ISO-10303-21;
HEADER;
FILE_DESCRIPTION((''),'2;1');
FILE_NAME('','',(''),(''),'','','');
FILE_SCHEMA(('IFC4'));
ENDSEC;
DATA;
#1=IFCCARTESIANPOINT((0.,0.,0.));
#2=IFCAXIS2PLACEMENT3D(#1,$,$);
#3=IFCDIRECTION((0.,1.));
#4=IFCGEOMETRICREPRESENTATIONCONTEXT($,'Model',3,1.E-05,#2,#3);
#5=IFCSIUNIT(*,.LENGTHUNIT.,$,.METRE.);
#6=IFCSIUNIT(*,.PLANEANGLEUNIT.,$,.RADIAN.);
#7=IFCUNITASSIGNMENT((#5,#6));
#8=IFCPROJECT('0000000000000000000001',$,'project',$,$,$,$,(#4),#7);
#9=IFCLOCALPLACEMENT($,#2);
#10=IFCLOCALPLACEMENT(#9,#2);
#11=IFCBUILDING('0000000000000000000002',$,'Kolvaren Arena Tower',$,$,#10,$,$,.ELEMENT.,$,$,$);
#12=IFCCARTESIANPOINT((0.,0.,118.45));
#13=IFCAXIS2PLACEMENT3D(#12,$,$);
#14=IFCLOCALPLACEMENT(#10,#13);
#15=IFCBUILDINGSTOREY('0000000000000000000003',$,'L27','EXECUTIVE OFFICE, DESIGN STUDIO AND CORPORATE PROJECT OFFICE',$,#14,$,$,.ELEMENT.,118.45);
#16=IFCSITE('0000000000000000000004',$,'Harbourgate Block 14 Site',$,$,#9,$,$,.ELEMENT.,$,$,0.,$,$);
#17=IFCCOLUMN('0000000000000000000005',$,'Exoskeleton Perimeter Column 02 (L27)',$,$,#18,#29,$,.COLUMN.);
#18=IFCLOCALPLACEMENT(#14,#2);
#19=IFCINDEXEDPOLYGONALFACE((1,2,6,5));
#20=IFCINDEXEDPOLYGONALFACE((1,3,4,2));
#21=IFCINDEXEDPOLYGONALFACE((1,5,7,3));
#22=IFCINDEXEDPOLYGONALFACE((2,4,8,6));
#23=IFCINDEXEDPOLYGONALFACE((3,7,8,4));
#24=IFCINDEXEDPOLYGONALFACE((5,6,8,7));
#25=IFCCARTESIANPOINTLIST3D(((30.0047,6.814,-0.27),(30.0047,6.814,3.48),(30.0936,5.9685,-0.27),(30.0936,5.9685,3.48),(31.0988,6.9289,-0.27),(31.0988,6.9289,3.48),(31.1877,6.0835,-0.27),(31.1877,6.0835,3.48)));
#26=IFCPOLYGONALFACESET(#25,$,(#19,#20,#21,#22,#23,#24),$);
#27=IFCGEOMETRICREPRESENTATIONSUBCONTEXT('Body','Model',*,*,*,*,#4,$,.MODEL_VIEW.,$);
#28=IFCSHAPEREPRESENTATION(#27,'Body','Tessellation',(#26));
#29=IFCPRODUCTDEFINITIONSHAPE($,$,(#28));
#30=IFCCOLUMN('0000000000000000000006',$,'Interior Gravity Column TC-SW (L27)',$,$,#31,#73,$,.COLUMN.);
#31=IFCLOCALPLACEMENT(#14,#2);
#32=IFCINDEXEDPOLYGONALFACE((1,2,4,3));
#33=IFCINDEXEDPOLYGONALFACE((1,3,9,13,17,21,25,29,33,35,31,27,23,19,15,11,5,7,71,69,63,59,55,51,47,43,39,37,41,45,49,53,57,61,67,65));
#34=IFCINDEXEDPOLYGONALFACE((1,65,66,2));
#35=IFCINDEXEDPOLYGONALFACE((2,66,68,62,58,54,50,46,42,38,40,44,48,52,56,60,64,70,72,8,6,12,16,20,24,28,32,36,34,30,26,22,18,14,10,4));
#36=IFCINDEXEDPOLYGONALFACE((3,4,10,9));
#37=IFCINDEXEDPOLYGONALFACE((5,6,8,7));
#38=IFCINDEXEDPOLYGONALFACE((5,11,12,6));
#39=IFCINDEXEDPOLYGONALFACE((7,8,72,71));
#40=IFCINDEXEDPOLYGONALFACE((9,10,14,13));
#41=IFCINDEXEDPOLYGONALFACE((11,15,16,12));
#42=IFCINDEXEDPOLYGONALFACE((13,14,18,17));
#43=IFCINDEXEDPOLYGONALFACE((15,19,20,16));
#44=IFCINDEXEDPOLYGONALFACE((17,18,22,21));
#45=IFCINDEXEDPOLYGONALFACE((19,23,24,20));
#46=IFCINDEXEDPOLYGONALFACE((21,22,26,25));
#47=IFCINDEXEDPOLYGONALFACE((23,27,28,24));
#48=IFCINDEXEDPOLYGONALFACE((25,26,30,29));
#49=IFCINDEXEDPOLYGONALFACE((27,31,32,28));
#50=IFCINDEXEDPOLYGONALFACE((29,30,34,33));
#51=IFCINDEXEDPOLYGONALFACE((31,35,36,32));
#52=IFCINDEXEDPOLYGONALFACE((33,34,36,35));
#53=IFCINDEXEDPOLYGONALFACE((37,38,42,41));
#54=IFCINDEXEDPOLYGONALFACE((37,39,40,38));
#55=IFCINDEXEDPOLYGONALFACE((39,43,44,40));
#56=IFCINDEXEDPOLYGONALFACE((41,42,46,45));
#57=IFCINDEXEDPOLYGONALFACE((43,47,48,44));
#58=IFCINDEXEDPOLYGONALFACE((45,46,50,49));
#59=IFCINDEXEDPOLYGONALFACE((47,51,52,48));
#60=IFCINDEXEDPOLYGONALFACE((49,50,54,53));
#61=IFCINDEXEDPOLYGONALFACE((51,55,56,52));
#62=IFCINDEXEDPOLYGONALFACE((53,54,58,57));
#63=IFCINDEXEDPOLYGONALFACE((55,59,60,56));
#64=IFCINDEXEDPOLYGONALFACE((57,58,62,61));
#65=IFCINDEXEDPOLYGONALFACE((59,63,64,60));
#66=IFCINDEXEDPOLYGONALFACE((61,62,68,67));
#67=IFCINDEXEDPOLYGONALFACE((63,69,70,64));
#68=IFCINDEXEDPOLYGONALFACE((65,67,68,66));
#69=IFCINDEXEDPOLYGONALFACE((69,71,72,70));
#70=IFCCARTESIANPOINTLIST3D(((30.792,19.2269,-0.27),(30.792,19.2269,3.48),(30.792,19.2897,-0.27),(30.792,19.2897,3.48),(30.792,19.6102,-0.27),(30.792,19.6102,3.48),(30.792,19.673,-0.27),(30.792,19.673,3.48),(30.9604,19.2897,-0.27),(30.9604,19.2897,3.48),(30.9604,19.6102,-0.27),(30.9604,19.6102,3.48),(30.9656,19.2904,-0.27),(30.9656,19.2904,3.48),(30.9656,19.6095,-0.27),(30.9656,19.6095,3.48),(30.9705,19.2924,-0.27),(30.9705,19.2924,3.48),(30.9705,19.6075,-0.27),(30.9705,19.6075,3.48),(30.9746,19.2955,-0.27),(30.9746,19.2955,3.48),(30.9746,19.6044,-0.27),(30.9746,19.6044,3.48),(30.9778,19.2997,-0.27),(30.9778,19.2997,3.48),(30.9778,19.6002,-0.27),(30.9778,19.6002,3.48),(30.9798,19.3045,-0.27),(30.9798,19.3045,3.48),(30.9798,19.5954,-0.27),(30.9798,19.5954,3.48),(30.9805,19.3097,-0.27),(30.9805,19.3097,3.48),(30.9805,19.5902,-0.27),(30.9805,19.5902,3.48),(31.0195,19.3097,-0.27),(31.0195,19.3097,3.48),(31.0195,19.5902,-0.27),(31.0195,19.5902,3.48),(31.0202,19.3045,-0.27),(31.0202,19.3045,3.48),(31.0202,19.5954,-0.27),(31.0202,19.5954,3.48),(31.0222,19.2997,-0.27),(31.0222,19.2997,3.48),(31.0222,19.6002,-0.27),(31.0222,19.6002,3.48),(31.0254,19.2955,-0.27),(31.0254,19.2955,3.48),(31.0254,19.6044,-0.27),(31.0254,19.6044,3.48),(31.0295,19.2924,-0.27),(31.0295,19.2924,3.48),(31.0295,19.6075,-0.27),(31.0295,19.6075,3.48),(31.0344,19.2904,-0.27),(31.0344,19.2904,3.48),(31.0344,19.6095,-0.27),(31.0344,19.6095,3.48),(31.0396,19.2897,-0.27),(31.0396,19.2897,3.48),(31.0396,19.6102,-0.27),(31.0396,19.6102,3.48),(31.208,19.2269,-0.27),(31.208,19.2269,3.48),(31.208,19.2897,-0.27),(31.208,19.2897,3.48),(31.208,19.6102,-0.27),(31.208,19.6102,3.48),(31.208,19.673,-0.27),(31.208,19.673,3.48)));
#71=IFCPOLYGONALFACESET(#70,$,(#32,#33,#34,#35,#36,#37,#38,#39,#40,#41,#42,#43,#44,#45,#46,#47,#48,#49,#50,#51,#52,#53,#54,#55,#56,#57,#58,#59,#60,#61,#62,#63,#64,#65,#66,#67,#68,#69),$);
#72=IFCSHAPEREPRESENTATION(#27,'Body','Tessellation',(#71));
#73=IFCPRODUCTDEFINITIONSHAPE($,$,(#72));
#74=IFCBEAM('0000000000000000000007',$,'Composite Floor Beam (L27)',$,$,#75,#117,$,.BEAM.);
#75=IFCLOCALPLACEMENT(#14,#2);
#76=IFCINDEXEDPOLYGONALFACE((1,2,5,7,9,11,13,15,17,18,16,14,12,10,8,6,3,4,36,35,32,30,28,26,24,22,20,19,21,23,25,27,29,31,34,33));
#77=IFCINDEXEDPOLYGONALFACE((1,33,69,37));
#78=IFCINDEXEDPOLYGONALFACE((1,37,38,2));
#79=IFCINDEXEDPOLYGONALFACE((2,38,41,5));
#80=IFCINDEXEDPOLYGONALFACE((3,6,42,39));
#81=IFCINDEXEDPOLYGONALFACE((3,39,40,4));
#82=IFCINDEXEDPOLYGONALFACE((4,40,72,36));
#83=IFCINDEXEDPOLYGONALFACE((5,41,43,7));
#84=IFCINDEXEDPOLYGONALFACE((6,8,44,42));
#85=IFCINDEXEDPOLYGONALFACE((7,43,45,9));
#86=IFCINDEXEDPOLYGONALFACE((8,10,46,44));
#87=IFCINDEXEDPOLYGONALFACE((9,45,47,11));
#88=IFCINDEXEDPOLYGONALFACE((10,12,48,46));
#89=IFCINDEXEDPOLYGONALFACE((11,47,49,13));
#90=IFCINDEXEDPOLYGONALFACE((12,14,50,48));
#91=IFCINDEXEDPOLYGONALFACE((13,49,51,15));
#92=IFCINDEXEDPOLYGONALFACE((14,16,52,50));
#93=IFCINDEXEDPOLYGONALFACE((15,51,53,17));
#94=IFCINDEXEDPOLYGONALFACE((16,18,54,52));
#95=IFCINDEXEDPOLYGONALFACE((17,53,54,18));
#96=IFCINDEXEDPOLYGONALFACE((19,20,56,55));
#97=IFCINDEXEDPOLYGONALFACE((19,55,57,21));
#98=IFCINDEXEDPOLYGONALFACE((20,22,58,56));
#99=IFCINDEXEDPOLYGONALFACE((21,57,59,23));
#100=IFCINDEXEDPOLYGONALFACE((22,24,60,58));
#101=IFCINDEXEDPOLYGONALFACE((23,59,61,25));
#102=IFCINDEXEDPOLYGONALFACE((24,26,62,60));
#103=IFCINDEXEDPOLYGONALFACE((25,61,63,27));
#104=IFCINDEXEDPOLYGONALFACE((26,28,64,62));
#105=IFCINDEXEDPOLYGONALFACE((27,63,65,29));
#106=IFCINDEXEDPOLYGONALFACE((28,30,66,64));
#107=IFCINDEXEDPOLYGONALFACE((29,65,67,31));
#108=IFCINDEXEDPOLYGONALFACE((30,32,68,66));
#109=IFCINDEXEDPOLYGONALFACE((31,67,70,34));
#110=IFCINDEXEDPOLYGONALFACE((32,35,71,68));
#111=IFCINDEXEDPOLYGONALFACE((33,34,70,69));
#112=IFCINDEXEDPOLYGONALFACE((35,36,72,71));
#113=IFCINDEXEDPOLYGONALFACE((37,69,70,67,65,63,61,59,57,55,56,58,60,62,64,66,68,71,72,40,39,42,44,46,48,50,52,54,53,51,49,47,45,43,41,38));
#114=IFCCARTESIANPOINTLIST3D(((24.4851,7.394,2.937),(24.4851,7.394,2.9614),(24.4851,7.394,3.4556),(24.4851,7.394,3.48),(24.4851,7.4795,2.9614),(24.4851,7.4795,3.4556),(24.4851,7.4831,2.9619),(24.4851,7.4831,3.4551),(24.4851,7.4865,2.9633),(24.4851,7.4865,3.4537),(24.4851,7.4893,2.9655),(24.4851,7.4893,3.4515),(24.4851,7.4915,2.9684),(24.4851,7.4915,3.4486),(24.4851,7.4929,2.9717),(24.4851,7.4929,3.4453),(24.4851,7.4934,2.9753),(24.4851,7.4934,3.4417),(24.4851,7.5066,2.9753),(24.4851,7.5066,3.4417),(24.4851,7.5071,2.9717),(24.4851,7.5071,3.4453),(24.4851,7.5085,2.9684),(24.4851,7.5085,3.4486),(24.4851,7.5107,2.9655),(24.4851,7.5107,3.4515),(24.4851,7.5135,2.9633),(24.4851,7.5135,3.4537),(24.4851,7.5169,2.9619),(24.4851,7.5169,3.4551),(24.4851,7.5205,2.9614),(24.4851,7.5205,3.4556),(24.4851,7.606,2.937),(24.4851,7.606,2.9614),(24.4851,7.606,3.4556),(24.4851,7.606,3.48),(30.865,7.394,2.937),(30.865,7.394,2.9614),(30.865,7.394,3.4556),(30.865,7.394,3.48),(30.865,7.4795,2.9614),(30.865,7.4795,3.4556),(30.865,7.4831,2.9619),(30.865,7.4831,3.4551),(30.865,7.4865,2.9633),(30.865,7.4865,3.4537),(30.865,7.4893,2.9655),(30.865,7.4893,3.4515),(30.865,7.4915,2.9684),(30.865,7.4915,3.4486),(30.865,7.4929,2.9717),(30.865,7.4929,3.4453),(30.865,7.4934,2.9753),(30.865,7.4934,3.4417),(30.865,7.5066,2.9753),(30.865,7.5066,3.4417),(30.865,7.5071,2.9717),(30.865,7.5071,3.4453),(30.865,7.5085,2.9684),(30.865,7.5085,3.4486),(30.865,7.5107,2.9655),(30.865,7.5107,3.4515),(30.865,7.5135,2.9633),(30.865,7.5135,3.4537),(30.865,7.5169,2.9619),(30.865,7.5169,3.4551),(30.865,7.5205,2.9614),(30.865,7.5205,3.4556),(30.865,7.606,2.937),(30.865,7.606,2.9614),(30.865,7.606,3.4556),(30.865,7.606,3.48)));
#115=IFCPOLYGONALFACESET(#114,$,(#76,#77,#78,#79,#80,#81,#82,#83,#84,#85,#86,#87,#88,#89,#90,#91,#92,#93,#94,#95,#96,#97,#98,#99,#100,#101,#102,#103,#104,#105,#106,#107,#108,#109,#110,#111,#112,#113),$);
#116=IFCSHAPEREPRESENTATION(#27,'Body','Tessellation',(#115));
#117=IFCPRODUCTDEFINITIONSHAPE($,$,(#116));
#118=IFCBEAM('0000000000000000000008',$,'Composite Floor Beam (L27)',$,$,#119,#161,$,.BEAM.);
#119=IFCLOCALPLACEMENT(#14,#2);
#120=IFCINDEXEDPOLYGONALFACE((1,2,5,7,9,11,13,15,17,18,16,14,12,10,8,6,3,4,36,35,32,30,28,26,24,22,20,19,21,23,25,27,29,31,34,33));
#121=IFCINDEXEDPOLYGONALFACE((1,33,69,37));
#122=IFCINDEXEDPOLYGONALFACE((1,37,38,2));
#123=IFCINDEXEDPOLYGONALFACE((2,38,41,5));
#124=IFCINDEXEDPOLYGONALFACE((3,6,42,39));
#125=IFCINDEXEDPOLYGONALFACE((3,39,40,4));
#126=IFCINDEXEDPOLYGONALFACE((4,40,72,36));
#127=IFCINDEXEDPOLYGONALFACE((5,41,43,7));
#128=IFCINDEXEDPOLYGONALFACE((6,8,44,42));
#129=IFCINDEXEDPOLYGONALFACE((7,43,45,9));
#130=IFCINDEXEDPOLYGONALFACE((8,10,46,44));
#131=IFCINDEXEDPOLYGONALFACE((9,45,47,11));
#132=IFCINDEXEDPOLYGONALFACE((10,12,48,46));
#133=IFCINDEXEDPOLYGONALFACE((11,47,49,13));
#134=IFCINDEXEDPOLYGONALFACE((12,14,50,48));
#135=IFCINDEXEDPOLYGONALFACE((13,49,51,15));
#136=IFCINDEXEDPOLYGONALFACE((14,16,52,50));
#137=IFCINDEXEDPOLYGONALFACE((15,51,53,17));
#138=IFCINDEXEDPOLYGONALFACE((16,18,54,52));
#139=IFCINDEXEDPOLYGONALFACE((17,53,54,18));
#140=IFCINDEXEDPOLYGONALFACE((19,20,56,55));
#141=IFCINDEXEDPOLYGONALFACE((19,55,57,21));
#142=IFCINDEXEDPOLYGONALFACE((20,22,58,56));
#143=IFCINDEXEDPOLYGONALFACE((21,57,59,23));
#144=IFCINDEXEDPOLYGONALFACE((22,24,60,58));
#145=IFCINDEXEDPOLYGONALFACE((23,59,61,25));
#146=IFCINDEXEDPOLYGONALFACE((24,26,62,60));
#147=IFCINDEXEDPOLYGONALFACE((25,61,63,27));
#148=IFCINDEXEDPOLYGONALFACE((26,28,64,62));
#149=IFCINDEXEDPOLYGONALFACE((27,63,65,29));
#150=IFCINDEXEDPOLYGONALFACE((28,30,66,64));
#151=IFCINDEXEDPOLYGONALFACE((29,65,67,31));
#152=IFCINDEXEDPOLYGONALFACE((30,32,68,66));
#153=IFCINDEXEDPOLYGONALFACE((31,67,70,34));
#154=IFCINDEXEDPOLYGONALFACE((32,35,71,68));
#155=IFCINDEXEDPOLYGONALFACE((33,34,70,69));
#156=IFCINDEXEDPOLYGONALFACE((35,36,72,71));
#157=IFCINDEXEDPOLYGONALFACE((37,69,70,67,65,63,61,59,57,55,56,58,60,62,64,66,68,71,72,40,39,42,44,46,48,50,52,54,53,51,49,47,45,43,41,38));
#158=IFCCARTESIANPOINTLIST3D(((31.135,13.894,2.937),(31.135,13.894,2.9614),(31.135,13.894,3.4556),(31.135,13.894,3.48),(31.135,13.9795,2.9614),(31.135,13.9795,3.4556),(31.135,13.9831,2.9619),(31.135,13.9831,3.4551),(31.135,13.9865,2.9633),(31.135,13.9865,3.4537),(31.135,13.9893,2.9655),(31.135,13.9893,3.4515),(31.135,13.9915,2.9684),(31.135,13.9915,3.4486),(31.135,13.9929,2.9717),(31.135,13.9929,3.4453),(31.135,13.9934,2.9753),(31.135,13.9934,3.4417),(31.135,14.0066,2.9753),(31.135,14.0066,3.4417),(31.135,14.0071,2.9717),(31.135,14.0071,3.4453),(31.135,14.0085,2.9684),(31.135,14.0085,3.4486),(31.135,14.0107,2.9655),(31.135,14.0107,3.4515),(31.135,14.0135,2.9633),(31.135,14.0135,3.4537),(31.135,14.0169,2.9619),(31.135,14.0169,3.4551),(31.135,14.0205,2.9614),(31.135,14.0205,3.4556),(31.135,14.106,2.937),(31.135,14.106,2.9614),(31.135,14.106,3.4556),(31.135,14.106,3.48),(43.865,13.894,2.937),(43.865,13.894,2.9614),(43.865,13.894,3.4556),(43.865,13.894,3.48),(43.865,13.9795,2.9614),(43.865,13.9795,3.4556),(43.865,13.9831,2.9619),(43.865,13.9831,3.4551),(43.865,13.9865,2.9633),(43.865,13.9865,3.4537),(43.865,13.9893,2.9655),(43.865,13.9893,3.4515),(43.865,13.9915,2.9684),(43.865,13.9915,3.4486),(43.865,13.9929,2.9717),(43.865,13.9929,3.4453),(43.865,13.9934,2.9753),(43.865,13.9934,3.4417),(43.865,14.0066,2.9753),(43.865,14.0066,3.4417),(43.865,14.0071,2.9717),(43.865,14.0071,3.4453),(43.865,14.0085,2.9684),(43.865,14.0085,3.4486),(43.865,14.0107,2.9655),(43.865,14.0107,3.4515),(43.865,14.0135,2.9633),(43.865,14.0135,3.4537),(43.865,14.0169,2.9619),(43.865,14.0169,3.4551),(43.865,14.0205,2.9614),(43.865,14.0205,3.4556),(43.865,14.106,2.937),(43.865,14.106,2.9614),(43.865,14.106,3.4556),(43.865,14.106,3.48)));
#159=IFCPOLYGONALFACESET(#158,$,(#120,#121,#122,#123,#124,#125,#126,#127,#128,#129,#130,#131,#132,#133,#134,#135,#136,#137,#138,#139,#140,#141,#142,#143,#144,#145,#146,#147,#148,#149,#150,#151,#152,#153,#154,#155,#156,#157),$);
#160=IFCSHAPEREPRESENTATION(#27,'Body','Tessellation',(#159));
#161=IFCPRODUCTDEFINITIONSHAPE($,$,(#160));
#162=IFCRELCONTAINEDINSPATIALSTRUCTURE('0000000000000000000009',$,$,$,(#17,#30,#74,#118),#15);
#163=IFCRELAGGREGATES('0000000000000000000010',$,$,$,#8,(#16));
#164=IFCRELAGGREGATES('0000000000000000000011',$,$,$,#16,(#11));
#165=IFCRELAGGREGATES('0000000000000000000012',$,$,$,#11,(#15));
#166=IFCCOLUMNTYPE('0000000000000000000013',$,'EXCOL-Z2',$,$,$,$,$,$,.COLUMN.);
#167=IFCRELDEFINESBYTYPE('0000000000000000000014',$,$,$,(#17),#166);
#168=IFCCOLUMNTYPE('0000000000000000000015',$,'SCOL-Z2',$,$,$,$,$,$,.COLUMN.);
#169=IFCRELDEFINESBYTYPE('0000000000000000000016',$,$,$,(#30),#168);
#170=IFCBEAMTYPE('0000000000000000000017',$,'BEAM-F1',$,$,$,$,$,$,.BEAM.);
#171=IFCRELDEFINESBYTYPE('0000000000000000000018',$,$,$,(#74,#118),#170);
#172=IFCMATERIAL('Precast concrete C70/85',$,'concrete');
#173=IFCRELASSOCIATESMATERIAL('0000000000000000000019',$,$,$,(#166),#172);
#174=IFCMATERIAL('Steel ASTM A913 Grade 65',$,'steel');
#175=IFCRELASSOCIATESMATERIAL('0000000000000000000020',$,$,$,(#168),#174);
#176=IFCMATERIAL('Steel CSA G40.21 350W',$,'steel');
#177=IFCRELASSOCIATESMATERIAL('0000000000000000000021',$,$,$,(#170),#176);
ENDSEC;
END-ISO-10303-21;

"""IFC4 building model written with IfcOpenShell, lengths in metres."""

from ifc_helpers import new_model, si_unit, direction, frame, origin, origin_2d, place, context, subcontext, project, spatial, rectangle, i_section, extrude, material, material_profile, profile_set, type_object, element, save


model = new_model("IFC4")

# Units and contexts
model_context = context("Model", 3, precision=1e-05, world=origin(), true_north=direction((0.0, 1.0)))
body_context = subcontext(model_context, "Body", "Model", "MODEL_VIEW")
ifc_project = project(units=[si_unit("LENGTHUNIT", "METRE"), si_unit("PLANEANGLEUNIT", "RADIAN")], contexts=[model_context])

# Site, building, storey
site_placement = place(None, origin())
site = spatial("IfcSite", under=ifc_project, at=site_placement, Name="Harbourgate Block 14 Site", CompositionType="ELEMENT", RefElevation=0.0)
building_placement = place(site_placement, origin())
building = spatial("IfcBuilding", under=site, at=building_placement, Name="Kolvaren Arena Tower", CompositionType="ELEMENT")
storey_placement = place(building_placement, frame((0.0, 0.0, 118.45)))
storey = spatial("IfcBuildingStorey", under=building, at=storey_placement, Name="L27", Description="EXECUTIVE OFFICE, DESIGN STUDIO AND CORPORATE PROJECT OFFICE", CompositionType="ELEMENT", Elevation=118.45)

# Columns
ifc_material_1 = material(Name="Precast concrete C70/85", Category="concrete")
ifc_material_profile_1 = material_profile(ifc_material_1, rectangle(XDim=1.1001, YDim=0.8501, at=origin_2d()), Name="RC-1100x850")
ifc_profile_set_1 = profile_set([ifc_material_profile_1], Name="Precast concrete C70/85")
column_type_1 = type_object("IfcColumnType", Name="EXCOL-Z2", PredefinedType="COLUMN", material=ifc_profile_set_1)
column_1_placement = place(storey_placement, frame((30.5962, 6.4487, -0.27), z_axis=(0.0, 0.0, 1.0), x_axis=(0.994522, 0.104528, 0.0)))
element("IfcColumn", 1, at=column_1_placement, inside=storey, type_object=column_type_1, Name="Exoskeleton Perimeter Column 02 (L27)", PredefinedType="COLUMN", context=body_context, shape_type="SweptSolid", body=[
    extrude(rectangle(XDim=1.1001, YDim=0.8501, at=origin_2d()), origin(), (0.0, 0.0, 1.0), 3.75),
])
ifc_material_2 = material(Name="Steel ASTM A913 Grade 65", Category="steel")
ifc_material_profile_2 = material_profile(ifc_material_2, i_section(OverallWidth=0.416, OverallDepth=0.446, WebThickness=0.0391, FlangeThickness=0.0627, FilletRadius=0.02, at=origin_2d()), Name="W360x509")
ifc_profile_set_2 = profile_set([ifc_material_profile_2], Name="Steel ASTM A913 Grade 65")
column_type_2 = type_object("IfcColumnType", Name="SCOL-Z2", PredefinedType="COLUMN", material=ifc_profile_set_2)
column_2_placement = place(storey_placement, frame((31.0, 19.45, -0.27), z_axis=(0.0, 0.0, 1.0), x_axis=(1.0, 0.0, 0.0)))
element("IfcColumn", 2, at=column_2_placement, inside=storey, type_object=column_type_2, Name="Interior Gravity Column TC-SW (L27)", PredefinedType="COLUMN", context=body_context, shape_type="SweptSolid", body=[
    extrude(i_section(OverallWidth=0.416, OverallDepth=0.446, WebThickness=0.0391, FlangeThickness=0.0627, FilletRadius=0.02, at=origin_2d()), origin(), (0.0, 0.0, 1.0), 3.75),
])

# Beams
ifc_material_3 = material(Name="Steel CSA G40.21 350W", Category="steel")
ifc_material_profile_3 = material_profile(ifc_material_3, i_section(OverallWidth=0.2119, OverallDepth=0.543, WebThickness=0.0132, FlangeThickness=0.0244, FilletRadius=0.0139, at=origin_2d()), Name="W530x150")
ifc_profile_set_3 = profile_set([ifc_material_profile_3], Name="Steel CSA G40.21 350W")
beam_type_1 = type_object("IfcBeamType", Name="BEAM-F1", PredefinedType="BEAM", material=ifc_profile_set_3)
beam_1_placement = place(storey_placement, frame((24.4851, 7.5, 3.2085), z_axis=(1.0, 0.0, 0.0), x_axis=(0.0, 1.0, 0.0)))
element("IfcBeam", 3, at=beam_1_placement, inside=storey, type_object=beam_type_1, Name="Composite Floor Beam (L27)", PredefinedType="BEAM", context=body_context, shape_type="SweptSolid", body=[
    extrude(i_section(OverallWidth=0.2119, OverallDepth=0.543, WebThickness=0.0132, FlangeThickness=0.0244, FilletRadius=0.0139, at=origin_2d()), origin(), (0.0, 0.0, 1.0), 6.3799),
])
beam_2_placement = place(storey_placement, frame((31.135, 14.0, 3.2085), z_axis=(1.0, 0.0, 0.0), x_axis=(0.0, 1.0, 0.0)))
element("IfcBeam", 4, at=beam_2_placement, inside=storey, type_object=beam_type_1, Name="Composite Floor Beam (L27)", PredefinedType="BEAM", context=body_context, shape_type="SweptSolid", body=[
    extrude(i_section(OverallWidth=0.2119, OverallDepth=0.543, WebThickness=0.0132, FlangeThickness=0.0244, FilletRadius=0.0139, at=origin_2d()), origin(), (0.0, 0.0, 1.0), 12.73),
])

save(model, "model.ifc")
